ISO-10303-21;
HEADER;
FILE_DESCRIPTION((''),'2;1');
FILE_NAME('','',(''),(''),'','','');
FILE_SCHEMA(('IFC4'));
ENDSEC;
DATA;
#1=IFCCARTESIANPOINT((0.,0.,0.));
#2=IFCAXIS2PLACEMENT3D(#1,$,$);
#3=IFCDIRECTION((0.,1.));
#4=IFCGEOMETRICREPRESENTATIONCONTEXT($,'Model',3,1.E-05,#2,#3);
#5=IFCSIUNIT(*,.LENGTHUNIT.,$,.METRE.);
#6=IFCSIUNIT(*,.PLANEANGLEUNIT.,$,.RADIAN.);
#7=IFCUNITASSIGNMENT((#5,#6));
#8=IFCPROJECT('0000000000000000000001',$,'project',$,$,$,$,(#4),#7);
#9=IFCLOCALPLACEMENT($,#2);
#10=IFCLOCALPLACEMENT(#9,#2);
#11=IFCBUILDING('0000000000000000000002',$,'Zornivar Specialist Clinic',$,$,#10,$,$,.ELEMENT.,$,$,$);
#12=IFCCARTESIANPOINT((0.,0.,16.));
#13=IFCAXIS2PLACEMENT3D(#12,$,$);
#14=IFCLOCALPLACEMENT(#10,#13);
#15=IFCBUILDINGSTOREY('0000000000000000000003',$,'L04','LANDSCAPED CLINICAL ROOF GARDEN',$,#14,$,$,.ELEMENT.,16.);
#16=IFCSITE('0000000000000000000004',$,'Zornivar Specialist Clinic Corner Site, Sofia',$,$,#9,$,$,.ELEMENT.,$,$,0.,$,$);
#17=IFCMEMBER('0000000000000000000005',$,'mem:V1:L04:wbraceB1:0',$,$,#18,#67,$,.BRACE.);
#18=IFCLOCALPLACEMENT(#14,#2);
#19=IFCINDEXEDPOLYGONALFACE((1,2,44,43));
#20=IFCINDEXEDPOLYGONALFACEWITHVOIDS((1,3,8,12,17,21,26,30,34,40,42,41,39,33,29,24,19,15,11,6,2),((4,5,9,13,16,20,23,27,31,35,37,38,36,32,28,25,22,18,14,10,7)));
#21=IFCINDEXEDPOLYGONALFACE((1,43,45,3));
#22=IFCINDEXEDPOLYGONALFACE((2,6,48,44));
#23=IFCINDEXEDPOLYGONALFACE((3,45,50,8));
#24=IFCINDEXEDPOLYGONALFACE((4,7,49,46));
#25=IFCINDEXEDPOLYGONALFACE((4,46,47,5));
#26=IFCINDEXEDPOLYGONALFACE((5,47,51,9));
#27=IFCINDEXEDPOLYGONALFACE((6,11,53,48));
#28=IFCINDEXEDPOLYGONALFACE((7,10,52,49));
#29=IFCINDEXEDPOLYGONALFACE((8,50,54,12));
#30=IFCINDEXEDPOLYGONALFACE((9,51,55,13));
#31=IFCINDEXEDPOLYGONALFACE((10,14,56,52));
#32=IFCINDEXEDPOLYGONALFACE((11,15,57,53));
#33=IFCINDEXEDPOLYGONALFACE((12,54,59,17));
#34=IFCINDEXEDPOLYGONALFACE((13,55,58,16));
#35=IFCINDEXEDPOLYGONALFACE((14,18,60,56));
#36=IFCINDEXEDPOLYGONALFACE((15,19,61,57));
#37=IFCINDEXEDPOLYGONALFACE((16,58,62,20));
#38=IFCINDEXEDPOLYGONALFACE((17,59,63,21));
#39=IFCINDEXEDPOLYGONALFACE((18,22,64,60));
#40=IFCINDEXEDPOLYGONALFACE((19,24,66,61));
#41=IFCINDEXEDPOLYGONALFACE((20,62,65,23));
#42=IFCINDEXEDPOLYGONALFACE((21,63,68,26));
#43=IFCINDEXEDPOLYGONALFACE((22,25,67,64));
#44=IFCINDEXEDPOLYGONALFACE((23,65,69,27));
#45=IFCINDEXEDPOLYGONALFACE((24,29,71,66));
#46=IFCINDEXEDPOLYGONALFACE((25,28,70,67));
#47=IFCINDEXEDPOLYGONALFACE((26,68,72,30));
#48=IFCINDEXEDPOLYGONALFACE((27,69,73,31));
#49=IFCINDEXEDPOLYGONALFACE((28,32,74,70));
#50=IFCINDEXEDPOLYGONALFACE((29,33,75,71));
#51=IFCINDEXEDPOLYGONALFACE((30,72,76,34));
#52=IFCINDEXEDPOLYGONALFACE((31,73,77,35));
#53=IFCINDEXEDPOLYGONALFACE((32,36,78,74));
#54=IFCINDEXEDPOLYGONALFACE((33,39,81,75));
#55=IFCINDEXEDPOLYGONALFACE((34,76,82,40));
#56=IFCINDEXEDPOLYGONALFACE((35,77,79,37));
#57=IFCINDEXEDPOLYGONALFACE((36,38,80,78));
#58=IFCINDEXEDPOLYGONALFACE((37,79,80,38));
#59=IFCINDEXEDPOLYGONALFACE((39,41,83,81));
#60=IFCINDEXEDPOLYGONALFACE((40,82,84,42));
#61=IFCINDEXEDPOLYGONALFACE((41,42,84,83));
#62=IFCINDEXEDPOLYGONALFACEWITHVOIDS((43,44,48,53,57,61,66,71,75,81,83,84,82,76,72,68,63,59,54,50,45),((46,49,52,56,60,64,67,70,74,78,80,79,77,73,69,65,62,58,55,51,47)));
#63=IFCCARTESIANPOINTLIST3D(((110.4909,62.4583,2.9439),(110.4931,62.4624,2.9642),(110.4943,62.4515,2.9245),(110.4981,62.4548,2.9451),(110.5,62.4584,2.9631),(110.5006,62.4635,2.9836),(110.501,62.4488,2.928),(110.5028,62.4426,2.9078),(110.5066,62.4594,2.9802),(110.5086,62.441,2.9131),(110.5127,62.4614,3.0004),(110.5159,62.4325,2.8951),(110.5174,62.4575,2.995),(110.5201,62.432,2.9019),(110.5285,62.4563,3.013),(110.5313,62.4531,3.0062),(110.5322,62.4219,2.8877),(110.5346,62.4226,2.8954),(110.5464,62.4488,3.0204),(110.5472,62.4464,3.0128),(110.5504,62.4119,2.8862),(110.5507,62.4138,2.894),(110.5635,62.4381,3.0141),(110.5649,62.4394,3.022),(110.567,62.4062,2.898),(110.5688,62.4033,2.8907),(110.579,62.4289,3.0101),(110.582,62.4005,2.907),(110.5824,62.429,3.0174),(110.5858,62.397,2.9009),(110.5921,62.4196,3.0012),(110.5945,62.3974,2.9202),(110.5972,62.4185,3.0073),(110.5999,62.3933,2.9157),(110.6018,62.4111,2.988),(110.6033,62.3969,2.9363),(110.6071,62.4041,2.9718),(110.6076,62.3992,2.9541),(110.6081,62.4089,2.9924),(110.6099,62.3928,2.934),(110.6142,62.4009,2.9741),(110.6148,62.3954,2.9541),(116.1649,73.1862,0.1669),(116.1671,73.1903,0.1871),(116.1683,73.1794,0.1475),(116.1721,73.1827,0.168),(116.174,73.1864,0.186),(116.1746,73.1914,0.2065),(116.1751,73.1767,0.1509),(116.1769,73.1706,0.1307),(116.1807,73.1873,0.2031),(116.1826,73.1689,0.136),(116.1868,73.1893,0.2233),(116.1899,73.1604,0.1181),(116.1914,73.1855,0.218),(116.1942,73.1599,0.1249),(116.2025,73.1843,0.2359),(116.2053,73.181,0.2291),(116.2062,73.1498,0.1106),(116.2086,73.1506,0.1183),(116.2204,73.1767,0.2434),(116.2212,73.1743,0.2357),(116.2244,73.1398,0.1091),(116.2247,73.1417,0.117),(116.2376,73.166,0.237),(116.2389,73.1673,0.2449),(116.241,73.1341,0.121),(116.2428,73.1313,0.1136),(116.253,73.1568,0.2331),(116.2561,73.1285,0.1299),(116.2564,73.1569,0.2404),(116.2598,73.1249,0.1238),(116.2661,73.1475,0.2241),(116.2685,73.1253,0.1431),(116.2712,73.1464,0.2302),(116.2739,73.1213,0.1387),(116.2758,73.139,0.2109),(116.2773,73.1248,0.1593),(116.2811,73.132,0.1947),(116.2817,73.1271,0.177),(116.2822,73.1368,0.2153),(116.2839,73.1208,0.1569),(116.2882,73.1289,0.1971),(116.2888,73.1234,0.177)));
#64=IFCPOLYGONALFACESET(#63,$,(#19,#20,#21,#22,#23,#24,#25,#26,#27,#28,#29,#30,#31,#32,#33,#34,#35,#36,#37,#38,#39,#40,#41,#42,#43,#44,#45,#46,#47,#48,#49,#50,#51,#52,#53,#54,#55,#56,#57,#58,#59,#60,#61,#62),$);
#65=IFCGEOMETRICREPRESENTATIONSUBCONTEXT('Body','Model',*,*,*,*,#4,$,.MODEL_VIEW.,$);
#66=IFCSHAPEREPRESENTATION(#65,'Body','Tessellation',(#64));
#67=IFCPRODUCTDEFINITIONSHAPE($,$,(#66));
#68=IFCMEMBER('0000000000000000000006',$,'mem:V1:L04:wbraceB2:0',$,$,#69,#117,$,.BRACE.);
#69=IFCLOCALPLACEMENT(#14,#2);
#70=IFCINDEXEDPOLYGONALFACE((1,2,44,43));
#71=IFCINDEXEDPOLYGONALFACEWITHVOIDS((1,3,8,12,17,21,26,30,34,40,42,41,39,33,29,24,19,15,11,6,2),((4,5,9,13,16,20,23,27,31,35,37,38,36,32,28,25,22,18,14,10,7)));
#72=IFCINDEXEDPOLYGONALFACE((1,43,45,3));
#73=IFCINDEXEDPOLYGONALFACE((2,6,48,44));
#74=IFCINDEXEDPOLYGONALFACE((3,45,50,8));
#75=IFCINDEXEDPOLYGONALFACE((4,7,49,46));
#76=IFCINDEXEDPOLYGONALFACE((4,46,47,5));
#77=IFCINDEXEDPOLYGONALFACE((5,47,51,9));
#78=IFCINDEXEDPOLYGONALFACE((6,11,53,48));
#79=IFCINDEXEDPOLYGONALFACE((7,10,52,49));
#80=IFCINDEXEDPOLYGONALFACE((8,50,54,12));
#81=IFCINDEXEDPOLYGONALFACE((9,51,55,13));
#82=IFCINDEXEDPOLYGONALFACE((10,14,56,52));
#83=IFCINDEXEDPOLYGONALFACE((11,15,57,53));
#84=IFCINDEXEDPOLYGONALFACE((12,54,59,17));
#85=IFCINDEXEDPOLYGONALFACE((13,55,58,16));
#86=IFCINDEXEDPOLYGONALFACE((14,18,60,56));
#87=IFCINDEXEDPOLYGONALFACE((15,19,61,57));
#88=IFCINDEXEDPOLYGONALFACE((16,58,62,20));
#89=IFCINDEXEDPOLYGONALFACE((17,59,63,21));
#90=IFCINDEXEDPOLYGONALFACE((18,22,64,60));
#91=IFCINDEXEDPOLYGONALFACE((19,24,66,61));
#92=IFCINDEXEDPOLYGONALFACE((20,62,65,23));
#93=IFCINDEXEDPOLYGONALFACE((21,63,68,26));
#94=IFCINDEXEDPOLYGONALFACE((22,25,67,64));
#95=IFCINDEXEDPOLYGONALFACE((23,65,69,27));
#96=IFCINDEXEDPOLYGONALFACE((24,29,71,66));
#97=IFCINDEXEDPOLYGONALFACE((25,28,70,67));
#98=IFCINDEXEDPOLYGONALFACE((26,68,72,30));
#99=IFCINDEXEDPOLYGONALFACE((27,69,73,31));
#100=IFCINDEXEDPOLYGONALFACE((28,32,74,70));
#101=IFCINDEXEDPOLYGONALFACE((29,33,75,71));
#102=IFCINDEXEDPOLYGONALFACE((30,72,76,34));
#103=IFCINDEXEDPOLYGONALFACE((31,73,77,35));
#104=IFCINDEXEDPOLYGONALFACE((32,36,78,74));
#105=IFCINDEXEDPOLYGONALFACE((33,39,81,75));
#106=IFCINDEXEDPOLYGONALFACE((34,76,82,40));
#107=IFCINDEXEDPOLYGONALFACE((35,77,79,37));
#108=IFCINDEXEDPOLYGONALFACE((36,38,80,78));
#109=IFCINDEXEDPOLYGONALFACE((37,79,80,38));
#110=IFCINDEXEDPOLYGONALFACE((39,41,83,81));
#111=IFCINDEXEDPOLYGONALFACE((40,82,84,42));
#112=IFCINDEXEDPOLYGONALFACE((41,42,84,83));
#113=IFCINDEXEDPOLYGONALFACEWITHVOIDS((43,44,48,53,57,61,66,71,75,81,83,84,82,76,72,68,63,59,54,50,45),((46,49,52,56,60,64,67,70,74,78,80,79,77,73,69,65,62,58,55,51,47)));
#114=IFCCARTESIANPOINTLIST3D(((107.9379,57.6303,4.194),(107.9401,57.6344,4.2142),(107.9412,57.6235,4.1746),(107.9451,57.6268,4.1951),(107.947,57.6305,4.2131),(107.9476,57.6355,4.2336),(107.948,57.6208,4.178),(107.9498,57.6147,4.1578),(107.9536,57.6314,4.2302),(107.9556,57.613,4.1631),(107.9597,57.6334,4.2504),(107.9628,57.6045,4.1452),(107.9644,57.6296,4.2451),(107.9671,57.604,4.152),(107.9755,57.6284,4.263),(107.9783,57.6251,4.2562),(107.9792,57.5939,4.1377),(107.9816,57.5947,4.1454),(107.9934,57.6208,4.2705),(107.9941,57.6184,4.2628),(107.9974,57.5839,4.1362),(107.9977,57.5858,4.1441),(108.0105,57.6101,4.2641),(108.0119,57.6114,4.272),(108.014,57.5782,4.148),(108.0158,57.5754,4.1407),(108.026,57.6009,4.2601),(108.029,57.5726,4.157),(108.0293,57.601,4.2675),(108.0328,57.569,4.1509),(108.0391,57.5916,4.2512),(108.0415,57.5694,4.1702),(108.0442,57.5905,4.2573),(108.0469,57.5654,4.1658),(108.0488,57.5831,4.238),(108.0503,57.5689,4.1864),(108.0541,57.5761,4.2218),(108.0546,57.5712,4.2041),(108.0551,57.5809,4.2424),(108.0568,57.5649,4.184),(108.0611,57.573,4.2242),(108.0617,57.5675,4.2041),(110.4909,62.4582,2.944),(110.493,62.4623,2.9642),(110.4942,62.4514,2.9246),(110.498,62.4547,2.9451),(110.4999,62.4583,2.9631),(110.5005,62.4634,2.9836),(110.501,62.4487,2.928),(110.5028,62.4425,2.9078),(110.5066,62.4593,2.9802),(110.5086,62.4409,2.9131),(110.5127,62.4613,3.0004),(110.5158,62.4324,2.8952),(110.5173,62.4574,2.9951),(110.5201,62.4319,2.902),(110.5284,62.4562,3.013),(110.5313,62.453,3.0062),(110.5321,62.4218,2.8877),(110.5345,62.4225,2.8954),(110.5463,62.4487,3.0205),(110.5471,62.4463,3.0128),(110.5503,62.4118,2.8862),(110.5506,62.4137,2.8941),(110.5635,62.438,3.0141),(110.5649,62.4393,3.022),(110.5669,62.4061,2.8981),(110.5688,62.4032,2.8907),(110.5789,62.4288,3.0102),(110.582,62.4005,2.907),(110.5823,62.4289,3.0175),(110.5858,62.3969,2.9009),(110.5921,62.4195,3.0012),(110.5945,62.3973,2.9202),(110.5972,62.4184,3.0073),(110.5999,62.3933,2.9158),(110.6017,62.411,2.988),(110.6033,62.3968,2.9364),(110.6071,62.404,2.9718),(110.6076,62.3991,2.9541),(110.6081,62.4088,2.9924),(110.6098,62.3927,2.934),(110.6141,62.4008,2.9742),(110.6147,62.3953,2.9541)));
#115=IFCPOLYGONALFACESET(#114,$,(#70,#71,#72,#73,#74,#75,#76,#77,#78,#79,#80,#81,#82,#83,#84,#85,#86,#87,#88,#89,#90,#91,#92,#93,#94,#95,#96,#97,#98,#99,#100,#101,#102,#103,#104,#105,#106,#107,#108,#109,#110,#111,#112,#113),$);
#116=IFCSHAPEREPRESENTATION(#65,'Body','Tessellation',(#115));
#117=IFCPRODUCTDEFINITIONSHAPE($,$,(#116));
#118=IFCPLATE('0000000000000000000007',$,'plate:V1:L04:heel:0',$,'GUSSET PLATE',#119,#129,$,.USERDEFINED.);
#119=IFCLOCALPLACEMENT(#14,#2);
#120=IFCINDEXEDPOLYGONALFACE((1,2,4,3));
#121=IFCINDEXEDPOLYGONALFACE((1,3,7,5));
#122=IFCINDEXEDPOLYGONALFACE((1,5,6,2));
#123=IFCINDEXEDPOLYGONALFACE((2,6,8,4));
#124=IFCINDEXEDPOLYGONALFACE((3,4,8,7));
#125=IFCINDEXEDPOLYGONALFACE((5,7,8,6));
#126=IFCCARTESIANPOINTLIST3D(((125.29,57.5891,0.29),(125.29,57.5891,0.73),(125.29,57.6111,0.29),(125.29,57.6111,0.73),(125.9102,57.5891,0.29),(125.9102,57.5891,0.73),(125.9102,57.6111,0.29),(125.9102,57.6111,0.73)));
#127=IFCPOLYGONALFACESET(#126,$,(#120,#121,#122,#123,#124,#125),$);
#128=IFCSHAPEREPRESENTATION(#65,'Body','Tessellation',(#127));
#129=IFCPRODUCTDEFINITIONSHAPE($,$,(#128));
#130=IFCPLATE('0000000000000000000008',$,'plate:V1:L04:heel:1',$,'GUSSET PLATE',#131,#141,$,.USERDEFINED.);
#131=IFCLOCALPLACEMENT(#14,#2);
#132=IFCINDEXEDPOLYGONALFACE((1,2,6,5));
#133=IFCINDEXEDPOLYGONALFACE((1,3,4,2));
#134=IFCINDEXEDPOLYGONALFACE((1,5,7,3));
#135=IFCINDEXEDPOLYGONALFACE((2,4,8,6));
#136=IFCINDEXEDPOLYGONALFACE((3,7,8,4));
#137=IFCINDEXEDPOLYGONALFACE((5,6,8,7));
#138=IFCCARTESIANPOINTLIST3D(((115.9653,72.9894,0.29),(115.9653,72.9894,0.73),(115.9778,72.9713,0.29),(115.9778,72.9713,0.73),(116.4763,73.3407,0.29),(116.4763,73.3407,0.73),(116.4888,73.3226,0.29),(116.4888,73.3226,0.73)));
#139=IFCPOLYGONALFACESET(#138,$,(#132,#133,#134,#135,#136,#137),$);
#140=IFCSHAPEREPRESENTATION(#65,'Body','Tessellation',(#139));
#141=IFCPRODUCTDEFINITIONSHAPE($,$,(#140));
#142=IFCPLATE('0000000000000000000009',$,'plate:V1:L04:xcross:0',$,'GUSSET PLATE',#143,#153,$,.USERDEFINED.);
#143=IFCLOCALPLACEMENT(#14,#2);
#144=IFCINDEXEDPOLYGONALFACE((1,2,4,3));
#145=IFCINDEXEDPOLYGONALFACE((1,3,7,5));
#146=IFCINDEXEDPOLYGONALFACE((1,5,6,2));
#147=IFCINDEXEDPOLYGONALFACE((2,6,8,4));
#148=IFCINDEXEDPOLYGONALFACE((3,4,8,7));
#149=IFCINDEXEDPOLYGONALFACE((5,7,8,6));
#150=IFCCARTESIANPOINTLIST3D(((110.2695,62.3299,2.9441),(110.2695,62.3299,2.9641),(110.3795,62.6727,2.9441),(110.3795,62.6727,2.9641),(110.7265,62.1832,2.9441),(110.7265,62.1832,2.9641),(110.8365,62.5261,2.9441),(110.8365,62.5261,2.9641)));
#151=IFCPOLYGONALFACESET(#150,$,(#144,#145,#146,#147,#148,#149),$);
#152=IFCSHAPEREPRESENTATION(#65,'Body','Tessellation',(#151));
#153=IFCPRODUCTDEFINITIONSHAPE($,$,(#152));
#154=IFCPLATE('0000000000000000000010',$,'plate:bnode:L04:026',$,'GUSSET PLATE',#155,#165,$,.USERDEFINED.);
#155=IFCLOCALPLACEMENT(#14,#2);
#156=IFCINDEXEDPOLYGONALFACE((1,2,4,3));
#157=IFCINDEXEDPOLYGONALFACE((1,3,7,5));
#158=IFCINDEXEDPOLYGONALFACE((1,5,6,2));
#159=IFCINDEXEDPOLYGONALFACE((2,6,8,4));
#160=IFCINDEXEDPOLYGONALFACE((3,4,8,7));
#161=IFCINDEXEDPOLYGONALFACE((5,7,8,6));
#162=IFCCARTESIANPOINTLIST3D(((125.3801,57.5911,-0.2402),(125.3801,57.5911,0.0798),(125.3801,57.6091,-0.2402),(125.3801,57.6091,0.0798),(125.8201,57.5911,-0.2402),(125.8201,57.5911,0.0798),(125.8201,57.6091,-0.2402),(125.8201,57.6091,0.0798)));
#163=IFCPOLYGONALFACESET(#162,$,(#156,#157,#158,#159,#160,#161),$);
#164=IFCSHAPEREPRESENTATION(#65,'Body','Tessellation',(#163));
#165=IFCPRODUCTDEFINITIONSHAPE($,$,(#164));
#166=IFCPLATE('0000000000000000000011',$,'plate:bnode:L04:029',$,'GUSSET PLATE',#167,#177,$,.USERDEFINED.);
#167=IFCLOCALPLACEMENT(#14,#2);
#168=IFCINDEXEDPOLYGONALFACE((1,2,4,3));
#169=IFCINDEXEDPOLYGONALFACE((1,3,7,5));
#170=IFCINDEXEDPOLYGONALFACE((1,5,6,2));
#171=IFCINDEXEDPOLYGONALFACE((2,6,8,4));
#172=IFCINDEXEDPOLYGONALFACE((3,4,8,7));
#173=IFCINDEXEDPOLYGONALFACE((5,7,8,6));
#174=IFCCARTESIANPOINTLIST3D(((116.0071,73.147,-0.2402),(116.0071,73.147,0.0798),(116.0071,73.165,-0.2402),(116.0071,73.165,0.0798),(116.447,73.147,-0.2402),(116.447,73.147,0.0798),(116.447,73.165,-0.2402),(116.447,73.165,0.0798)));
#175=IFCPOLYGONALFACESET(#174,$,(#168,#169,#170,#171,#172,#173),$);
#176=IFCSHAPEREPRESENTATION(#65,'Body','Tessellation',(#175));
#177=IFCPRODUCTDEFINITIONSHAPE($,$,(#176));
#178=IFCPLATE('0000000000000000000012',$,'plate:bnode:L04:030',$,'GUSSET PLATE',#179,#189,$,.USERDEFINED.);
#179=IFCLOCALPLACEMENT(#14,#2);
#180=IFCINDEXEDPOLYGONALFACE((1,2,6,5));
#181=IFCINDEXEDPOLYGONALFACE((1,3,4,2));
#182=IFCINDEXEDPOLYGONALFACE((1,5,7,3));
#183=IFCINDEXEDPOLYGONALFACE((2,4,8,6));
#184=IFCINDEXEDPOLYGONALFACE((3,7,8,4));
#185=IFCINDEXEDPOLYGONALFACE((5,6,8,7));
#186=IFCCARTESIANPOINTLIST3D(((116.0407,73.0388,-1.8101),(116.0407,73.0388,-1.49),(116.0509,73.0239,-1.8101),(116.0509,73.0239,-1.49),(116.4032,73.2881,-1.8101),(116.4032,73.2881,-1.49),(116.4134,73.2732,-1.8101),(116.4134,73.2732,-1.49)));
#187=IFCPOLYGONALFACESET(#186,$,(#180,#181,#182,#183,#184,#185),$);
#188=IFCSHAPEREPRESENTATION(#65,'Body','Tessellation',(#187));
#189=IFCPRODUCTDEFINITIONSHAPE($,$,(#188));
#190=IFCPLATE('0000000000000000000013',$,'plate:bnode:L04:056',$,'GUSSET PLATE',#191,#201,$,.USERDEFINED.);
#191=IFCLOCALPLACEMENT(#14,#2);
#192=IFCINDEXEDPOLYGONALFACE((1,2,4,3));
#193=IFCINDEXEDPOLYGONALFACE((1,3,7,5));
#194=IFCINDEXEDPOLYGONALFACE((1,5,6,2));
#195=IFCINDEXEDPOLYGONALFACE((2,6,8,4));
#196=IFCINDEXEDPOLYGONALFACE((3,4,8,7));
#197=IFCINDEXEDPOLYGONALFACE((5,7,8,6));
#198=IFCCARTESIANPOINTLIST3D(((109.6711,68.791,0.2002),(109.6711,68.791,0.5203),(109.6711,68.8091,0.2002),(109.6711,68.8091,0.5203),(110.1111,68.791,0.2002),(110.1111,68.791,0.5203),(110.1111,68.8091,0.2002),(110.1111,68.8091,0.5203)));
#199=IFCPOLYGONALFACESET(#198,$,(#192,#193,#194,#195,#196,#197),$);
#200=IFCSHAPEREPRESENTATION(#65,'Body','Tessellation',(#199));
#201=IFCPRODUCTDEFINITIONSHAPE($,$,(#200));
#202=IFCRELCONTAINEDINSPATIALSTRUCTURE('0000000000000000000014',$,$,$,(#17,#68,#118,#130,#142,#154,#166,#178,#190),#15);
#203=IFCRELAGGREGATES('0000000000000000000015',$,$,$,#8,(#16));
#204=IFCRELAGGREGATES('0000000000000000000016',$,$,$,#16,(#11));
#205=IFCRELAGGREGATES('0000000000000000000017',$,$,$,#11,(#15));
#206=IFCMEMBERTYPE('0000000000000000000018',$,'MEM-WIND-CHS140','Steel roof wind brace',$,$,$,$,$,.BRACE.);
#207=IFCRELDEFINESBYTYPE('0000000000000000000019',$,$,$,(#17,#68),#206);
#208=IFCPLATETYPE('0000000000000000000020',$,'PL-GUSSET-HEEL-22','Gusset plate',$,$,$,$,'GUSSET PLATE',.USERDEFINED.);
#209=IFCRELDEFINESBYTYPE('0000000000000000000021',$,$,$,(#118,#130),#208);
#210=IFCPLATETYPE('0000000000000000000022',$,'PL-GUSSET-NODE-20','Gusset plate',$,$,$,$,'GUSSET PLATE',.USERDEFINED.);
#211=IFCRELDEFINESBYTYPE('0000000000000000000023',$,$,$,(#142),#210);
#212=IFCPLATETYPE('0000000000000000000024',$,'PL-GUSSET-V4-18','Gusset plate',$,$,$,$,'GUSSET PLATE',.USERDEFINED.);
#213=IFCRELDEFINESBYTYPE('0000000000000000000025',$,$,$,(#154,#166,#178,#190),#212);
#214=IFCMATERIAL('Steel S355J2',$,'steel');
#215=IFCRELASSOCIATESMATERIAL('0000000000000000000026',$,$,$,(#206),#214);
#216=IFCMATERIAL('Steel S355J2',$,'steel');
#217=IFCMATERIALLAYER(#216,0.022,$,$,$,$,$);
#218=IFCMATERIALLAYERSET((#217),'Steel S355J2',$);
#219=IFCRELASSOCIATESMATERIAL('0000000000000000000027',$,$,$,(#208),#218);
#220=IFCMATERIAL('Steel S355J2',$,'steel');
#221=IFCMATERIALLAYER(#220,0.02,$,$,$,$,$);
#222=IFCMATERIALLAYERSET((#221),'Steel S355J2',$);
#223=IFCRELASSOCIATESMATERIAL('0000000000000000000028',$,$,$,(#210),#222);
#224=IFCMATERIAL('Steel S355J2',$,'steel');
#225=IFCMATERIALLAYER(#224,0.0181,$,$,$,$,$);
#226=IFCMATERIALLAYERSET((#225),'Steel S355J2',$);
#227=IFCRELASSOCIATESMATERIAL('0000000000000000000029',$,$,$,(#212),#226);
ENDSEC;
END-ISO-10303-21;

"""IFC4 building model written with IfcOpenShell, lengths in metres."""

from ifc_helpers import new_model, si_unit, direction, frame, origin, origin_2d, place, context, subcontext, project, spatial, rectangle, hollow_circle, extrude, material, layer, layer_set, material_profile, profile_set, type_object, element, save


model = new_model("IFC4")

# Units and contexts
model_context = context("Model", 3, precision=1e-05, world=origin(), true_north=direction((0.0, 1.0)))
body_context = subcontext(model_context, "Body", "Model", "MODEL_VIEW")
ifc_project = project(units=[si_unit("LENGTHUNIT", "METRE"), si_unit("PLANEANGLEUNIT", "RADIAN")], contexts=[model_context])

# Site, building, storey
site_placement = place(None, origin())
site = spatial("IfcSite", under=ifc_project, at=site_placement, Name="Zornivar Specialist Clinic Corner Site, Sofia", CompositionType="ELEMENT", RefElevation=0.0)
building_placement = place(site_placement, origin())
building = spatial("IfcBuilding", under=site, at=building_placement, Name="Zornivar Specialist Clinic", CompositionType="ELEMENT")
storey_placement = place(building_placement, frame((0.0, 0.0, 16.0)))
storey = spatial("IfcBuildingStorey", under=building, at=storey_placement, Name="L04", Description="LANDSCAPED CLINICAL ROOF GARDEN", CompositionType="ELEMENT", Elevation=16.0)

# Members
ifc_material_1 = material(Name="Steel S355J2", Category="steel")
ifc_material_profile_1 = material_profile(ifc_material_1, hollow_circle(Radius=0.0698, WallThickness=0.0081, at=origin_2d()), Name="CHS 139.7x8")
ifc_profile_set_1 = profile_set([ifc_material_profile_1], Name="Steel S355J2")
member_type_1 = type_object("IfcMemberType", Name="MEM-WIND-CHS140", Description="Steel roof wind brace", PredefinedType="BRACE", material=ifc_profile_set_1)
member_1_placement = place(storey_placement, frame((116.2271, 73.156, 0.177), z_axis=(-0.455755, -0.861702, 0.223063), x_axis=(0.883974, -0.467536, 0.0)))
element("IfcMember", 1, at=member_1_placement, inside=storey, type_object=member_type_1, Name="mem:V1:L04:wbraceB1:0", PredefinedType="BRACE", context=body_context, shape_type="SweptSolid", body=[
    extrude(hollow_circle(Radius=0.0698, WallThickness=0.0081, at=origin_2d()), origin(), (0.0, 0.0, 1.0), 12.4497),
])
member_2_placement = place(storey_placement, frame((110.553, 62.428, 2.9541), z_axis=(-0.455681, -0.861728, 0.223112), x_axis=(0.884012, -0.467465, 0.0)))
element("IfcMember", 2, at=member_2_placement, inside=storey, type_object=member_type_1, Name="mem:V1:L04:wbraceB2:0", PredefinedType="BRACE", context=body_context, shape_type="SweptSolid", body=[
    extrude(hollow_circle(Radius=0.0698, WallThickness=0.0081, at=origin_2d()), origin(), (0.0, 0.0, 1.0), 5.6025),
])

# Plates
ifc_material_2 = material(Name="Steel S355J2", Category="steel")
ifc_layer_1 = layer(ifc_material_2, 0.022)
ifc_layer_set_1 = layer_set([ifc_layer_1], Name="Steel S355J2")
plate_type_1 = type_object("IfcPlateType", Name="PL-GUSSET-HEEL-22", Description="Gusset plate", ElementType="GUSSET PLATE", PredefinedType="USERDEFINED", material=ifc_layer_set_1)
for number, where, z_axis, x_axis, name in (
    (3, (125.6001, 57.6001, 0.29), (0.0, 0.0, 1.0), (1.0, 0.0, 0.0), "plate:V1:L04:heel:0"),
    (4, (116.2271, 73.156, 0.29), (0.0, 0.0, 1.0), (0.824043, 0.566527, 0.0), "plate:V1:L04:heel:1"),
):
    element("IfcPlate", number, at=place(storey_placement, frame(where, z_axis=z_axis, x_axis=x_axis)), inside=storey, type_object=plate_type_1, Name=name, ObjectType="GUSSET PLATE", PredefinedType="USERDEFINED", context=body_context, shape_type="SweptSolid", body=[
        extrude(rectangle(XDim=0.6201, YDim=0.022, at=origin_2d()), origin(), (0.0, 0.0, 1.0), 0.4399),
    ])
ifc_material_3 = material(Name="Steel S355J2", Category="steel")
ifc_layer_2 = layer(ifc_material_3, 0.02)
ifc_layer_set_2 = layer_set([ifc_layer_2], Name="Steel S355J2")
plate_type_2 = type_object("IfcPlateType", Name="PL-GUSSET-NODE-20", Description="Gusset plate", ElementType="GUSSET PLATE", PredefinedType="USERDEFINED", material=ifc_layer_set_2)
plate_placement = place(storey_placement, frame((110.553, 62.428, 2.9441), z_axis=(0.0, 0.0, 1.0), x_axis=(-0.952183, 0.305529, 0.0)))
element("IfcPlate", 5, at=plate_placement, inside=storey, type_object=plate_type_2, Name="plate:V1:L04:xcross:0", ObjectType="GUSSET PLATE", PredefinedType="USERDEFINED", context=body_context, shape_type="SweptSolid", body=[
    extrude(rectangle(XDim=0.48, YDim=0.3601, at=origin_2d()), origin(), (0.0, 0.0, 1.0), 0.02),
])
ifc_material_4 = material(Name="Steel S355J2", Category="steel")
ifc_layer_3 = layer(ifc_material_4, 0.0181)
ifc_layer_set_3 = layer_set([ifc_layer_3], Name="Steel S355J2")
plate_type_3 = type_object("IfcPlateType", Name="PL-GUSSET-V4-18", Description="Gusset plate", ElementType="GUSSET PLATE", PredefinedType="USERDEFINED", material=ifc_layer_set_3)
for number, where, z_axis, x_axis, name in (
    (6, (125.6001, 57.6001, -0.2402), (0.0, 0.0, 1.0), (1.0, 0.0, 0.0), "plate:bnode:L04:026"),
    (7, (116.2271, 73.156, -0.2402), (0.0, 0.0, 1.0), (1.0, 0.0, 0.0), "plate:bnode:L04:029"),
    (8, (116.2271, 73.156, -1.8101), (0.0, 0.0, 1.0), (0.824027, 0.56655, 0.0), "plate:bnode:L04:030"),
    (9, (109.8911, 68.8, 0.2002), (0.0, 0.0, 1.0), (1.0, 0.0, 0.0), "plate:bnode:L04:056"),
):
    element("IfcPlate", number, at=place(storey_placement, frame(where, z_axis=z_axis, x_axis=x_axis)), inside=storey, type_object=plate_type_3, Name=name, ObjectType="GUSSET PLATE", PredefinedType="USERDEFINED", context=body_context, shape_type="SweptSolid", body=[
        extrude(rectangle(XDim=0.4399, YDim=0.0181, at=origin_2d()), origin(), (0.0, 0.0, 1.0), 0.3201),
    ])

save(model, "model.ifc")
